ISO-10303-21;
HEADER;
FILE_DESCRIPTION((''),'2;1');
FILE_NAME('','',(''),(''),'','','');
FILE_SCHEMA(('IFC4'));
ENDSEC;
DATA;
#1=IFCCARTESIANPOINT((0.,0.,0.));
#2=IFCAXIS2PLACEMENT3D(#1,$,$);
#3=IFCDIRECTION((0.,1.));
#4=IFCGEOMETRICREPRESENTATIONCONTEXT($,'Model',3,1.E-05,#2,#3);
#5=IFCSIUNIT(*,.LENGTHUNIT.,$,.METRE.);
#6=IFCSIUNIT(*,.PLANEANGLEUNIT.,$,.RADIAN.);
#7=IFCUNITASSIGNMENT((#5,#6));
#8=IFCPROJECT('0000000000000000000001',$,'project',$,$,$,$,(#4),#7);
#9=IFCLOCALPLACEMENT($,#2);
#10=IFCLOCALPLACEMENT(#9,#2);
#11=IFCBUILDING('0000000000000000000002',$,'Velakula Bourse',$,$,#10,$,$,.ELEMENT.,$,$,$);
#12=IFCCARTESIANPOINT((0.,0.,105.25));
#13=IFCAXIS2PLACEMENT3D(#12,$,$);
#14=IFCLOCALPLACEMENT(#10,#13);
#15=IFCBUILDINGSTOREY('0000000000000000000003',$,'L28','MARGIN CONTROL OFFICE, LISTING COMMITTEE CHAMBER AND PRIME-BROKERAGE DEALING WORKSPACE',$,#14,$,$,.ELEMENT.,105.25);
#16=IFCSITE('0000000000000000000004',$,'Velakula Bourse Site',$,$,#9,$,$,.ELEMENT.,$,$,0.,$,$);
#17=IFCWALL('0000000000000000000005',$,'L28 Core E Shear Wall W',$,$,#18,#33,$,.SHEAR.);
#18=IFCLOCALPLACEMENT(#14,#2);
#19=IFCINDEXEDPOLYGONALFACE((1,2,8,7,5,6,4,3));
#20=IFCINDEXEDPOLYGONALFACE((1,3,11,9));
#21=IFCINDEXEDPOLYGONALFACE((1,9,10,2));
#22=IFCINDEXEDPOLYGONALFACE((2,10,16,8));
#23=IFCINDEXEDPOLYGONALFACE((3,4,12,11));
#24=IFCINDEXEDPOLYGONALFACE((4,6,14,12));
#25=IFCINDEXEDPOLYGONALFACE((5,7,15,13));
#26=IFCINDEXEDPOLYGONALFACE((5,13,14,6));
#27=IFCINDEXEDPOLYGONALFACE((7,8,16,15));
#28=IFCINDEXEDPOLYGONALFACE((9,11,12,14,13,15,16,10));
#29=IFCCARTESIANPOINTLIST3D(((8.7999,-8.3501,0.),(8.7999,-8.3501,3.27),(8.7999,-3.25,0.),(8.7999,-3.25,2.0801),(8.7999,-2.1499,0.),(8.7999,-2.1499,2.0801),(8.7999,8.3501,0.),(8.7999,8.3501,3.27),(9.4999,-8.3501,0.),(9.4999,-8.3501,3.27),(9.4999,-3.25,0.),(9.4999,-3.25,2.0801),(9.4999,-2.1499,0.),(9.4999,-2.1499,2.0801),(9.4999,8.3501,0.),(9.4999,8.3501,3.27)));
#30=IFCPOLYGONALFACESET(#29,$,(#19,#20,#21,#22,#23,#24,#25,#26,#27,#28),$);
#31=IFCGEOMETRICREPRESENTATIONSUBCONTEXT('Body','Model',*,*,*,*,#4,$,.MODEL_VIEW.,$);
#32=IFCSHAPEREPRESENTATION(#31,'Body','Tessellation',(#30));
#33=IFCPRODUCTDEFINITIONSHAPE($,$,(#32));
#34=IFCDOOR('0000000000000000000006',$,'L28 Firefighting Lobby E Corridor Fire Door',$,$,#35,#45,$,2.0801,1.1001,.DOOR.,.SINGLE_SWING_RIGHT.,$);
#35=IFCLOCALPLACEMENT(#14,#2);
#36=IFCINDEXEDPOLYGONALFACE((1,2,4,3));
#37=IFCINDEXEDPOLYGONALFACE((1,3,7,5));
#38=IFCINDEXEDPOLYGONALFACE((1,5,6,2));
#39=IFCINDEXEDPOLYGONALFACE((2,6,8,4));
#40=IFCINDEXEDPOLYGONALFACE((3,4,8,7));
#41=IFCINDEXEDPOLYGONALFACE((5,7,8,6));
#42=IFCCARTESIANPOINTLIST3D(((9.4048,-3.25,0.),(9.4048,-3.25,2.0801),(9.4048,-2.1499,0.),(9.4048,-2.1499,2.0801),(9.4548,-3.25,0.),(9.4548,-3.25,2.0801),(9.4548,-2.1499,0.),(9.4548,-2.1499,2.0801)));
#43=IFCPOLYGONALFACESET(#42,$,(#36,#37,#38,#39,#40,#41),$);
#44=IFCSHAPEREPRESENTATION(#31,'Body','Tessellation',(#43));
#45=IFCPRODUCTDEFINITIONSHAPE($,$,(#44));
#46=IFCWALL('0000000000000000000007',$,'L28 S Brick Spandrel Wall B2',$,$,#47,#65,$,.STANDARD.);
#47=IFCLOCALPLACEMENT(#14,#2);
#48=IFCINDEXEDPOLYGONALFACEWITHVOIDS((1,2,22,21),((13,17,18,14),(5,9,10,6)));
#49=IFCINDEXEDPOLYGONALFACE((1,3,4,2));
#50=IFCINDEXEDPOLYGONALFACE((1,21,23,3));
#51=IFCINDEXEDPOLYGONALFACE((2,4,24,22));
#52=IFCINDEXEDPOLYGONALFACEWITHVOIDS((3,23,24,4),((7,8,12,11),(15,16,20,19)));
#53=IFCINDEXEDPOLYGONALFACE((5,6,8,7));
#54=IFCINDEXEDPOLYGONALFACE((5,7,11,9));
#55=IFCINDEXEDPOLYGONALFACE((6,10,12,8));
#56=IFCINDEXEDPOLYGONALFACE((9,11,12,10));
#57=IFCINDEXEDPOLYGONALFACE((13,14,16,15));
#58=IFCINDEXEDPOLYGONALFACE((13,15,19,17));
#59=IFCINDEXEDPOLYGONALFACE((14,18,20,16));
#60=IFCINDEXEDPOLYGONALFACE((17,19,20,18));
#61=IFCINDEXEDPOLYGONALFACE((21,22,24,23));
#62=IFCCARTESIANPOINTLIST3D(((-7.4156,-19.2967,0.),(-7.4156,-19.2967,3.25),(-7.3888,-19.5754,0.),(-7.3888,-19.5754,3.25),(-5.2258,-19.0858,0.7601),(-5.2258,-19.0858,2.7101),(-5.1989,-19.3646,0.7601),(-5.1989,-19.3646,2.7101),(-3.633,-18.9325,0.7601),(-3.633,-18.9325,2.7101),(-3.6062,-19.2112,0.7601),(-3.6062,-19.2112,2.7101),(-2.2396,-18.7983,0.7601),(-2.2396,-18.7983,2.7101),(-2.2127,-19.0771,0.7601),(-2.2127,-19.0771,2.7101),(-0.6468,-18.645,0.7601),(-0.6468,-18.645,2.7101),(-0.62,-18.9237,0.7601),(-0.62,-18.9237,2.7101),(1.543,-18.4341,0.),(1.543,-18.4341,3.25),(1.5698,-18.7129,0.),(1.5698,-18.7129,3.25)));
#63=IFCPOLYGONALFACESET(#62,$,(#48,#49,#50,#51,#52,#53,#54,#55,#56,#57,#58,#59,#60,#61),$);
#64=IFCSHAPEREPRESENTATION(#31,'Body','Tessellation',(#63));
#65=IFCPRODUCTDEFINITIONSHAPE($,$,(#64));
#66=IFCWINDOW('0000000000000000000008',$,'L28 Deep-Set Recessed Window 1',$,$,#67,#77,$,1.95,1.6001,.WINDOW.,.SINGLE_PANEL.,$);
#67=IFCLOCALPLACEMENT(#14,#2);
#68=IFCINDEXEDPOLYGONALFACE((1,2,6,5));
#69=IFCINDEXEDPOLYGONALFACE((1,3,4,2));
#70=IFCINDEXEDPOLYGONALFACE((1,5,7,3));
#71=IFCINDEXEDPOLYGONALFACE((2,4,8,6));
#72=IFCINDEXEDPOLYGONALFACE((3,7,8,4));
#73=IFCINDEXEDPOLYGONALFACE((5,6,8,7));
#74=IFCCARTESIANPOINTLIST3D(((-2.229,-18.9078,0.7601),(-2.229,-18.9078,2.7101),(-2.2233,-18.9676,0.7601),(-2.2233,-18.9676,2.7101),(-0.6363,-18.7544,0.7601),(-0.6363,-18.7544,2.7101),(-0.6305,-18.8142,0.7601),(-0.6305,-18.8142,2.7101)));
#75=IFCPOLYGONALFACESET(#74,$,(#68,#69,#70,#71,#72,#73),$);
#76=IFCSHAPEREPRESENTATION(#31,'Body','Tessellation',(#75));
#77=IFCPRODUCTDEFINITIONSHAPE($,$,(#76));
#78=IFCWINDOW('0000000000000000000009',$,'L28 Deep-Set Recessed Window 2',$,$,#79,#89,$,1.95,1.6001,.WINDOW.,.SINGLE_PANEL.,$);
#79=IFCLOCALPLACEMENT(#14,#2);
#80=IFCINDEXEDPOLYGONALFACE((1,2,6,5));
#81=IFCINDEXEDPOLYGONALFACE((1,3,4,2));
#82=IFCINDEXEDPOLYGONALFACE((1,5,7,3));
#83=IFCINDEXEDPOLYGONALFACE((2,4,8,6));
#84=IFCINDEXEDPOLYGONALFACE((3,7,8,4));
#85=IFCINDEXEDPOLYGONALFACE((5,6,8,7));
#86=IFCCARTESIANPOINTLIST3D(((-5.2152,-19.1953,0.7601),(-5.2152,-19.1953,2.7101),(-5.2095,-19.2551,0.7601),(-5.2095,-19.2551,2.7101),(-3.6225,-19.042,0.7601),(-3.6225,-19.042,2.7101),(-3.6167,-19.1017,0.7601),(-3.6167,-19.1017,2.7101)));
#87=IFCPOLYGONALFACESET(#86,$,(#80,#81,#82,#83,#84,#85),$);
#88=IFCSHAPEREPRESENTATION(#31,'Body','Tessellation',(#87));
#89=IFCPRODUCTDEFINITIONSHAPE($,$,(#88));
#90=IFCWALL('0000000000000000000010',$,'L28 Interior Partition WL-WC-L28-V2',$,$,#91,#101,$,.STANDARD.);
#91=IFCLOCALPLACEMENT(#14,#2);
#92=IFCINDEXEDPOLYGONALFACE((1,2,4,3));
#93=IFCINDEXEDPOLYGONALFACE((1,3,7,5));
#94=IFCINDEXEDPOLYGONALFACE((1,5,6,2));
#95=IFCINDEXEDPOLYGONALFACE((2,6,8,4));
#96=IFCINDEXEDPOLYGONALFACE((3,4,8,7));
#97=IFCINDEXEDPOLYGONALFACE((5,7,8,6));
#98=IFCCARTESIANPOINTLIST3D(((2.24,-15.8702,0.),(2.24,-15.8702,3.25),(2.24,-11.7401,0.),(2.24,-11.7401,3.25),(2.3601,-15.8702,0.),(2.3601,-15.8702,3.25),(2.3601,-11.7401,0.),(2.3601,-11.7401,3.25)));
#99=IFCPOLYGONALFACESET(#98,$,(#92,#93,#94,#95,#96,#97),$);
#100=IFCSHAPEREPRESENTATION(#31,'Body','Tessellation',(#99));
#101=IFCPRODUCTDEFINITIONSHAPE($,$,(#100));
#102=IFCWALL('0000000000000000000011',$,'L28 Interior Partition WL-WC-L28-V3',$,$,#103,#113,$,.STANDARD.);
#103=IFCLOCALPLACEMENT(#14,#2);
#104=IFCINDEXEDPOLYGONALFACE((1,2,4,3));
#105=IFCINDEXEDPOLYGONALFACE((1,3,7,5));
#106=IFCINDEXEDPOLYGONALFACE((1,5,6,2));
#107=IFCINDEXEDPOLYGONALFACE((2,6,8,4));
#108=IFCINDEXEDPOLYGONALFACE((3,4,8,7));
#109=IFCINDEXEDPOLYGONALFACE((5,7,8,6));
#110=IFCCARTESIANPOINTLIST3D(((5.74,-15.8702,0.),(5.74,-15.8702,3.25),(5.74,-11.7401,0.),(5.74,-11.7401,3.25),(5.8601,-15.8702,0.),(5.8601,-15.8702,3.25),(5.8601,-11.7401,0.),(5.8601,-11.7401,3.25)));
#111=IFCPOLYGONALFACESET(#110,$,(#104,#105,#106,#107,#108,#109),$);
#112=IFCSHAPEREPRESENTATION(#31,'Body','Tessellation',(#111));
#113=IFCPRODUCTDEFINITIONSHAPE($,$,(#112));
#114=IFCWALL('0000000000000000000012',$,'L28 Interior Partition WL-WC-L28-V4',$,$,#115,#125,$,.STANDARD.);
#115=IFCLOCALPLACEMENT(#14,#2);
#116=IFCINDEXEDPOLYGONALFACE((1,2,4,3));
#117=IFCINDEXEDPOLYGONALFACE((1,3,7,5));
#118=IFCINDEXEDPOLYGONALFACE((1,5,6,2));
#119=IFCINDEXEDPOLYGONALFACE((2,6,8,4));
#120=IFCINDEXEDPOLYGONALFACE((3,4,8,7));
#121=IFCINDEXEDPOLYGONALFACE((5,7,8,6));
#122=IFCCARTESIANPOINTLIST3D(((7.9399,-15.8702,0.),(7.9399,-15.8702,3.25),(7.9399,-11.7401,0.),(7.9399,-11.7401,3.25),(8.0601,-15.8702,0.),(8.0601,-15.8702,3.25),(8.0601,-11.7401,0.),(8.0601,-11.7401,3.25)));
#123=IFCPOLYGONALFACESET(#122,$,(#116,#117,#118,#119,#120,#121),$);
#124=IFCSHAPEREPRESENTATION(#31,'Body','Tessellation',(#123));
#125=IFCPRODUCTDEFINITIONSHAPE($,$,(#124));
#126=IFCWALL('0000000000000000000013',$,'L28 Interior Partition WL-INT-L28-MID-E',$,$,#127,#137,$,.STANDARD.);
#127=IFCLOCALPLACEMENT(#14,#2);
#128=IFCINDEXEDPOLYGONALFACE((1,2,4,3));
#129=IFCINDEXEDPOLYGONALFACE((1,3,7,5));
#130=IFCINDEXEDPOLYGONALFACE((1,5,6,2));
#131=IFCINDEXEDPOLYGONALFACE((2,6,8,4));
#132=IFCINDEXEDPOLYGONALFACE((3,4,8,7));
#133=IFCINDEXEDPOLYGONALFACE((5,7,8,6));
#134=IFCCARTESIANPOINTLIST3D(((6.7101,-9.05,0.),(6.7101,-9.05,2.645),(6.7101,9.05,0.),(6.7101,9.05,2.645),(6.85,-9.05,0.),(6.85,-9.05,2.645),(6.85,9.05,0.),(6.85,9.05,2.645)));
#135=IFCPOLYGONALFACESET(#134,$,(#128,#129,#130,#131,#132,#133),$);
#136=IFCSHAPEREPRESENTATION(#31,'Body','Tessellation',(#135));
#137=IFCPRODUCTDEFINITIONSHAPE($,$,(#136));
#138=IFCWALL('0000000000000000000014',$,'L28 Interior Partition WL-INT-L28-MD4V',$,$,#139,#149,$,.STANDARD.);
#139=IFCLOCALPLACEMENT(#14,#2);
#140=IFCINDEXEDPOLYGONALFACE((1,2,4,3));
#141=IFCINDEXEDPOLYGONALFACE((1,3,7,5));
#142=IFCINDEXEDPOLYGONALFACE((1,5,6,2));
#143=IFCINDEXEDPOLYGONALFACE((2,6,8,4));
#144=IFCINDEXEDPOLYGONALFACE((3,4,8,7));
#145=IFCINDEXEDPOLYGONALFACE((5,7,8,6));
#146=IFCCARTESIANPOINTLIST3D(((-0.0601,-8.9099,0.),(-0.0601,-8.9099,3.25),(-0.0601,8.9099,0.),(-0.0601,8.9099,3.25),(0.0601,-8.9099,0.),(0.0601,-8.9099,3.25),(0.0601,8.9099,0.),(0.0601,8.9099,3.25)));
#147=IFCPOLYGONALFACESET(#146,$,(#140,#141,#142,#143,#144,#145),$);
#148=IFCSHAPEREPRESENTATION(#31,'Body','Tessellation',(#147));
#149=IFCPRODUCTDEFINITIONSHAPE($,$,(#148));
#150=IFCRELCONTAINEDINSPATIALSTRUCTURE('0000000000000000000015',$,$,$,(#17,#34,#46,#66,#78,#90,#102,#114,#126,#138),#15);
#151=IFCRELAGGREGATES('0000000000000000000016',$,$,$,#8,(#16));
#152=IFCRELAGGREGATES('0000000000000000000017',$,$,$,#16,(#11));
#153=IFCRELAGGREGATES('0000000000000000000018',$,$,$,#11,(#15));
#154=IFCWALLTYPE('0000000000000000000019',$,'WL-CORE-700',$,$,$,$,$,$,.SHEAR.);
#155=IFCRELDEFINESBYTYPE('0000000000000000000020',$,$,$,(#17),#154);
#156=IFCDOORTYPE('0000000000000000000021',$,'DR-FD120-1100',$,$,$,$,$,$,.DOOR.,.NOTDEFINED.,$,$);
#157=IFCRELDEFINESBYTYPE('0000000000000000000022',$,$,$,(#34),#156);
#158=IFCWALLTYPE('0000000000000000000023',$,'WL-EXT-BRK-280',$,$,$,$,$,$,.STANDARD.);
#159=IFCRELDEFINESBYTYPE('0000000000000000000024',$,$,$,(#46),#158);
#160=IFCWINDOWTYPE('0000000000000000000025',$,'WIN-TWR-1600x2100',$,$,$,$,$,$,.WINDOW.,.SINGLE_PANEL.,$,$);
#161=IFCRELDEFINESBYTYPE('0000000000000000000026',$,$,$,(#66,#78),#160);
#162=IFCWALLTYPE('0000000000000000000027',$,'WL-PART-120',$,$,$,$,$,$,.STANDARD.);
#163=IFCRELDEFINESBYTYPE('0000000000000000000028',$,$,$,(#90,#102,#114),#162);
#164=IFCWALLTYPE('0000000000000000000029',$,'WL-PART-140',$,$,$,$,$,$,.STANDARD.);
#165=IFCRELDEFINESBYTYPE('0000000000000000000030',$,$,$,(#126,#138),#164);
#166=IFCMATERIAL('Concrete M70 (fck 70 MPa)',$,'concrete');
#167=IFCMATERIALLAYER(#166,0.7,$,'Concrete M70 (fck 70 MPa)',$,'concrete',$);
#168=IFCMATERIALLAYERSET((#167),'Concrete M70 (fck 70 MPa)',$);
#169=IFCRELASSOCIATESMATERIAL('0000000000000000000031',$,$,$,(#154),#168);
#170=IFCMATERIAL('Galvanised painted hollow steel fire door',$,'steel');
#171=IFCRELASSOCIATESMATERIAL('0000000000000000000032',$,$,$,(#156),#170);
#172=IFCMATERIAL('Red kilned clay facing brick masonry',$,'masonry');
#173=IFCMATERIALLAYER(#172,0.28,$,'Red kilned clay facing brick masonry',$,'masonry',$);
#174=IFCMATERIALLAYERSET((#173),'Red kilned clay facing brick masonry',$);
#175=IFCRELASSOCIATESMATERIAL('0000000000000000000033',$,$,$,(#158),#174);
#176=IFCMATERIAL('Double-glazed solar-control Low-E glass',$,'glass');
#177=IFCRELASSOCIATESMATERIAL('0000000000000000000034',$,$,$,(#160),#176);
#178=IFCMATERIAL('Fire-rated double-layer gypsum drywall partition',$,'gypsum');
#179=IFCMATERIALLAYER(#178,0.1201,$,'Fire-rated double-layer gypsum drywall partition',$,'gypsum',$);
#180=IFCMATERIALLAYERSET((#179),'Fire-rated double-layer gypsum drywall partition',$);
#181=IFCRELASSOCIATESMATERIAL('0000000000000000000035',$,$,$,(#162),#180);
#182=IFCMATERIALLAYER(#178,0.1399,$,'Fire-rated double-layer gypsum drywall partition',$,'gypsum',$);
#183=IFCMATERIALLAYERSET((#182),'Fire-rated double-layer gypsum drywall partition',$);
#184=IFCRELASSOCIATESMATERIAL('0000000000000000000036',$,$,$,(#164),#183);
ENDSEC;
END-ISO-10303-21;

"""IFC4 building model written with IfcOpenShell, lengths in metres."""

from ifc_helpers import new_model, si_unit, direction, frame, frame_2d, origin, place, context, subcontext, project, spatial, rectangle, extrude, material, layer, layer_set, type_object, element, fill, save


model = new_model("IFC4")

# Units and contexts
model_context = context("Model", 3, precision=1e-05, world=origin(), true_north=direction((0.0, 1.0)))
body_context = subcontext(model_context, "Body", "Model", "MODEL_VIEW")
ifc_project = project(units=[si_unit("LENGTHUNIT", "METRE"), si_unit("PLANEANGLEUNIT", "RADIAN")], contexts=[model_context])

# Site, building, storey
site_placement = place(None, origin())
site = spatial("IfcSite", under=ifc_project, at=site_placement, Name="Velakula Bourse Site", CompositionType="ELEMENT", RefElevation=0.0)
building_placement = place(site_placement, origin())
building = spatial("IfcBuilding", under=site, at=building_placement, Name="Velakula Bourse", CompositionType="ELEMENT")
storey_placement = place(building_placement, frame((0.0, 0.0, 105.25)))
storey = spatial("IfcBuildingStorey", under=building, at=storey_placement, Name="L28", Description="MARGIN CONTROL OFFICE, LISTING COMMITTEE CHAMBER AND PRIME-BROKERAGE DEALING WORKSPACE", CompositionType="ELEMENT", Elevation=105.25)

# Shared definitions
ifc_material_1 = material(Name="Concrete M70 (fck 70 MPa)", Category="concrete")

# Shared definitions
ifc_layer_1 = layer(ifc_material_1, 0.7, Name="Concrete M70 (fck 70 MPa)", Category="concrete")
ifc_layer_set_1 = layer_set([ifc_layer_1], Name="Concrete M70 (fck 70 MPa)")
wall_type_1 = type_object("IfcWallType", Name="WL-CORE-700", PredefinedType="SHEAR", material=ifc_layer_set_1)

# Wall, opening, door
wall_1_placement = place(storey_placement, frame((9.1499, -8.3501, 0.0), z_axis=(0.0, 0.0, 1.0), x_axis=(0.0, 1.0, 0.0)))
wall_1 = element("IfcWall", 1, at=wall_1_placement, inside=storey, type_object=wall_type_1, Name="L28 Core E Shear Wall W", PredefinedType="SHEAR", context=body_context, shape_type="SweptSolid", body=[
    extrude(rectangle(XDim=16.7002, YDim=0.7, at=frame_2d((8.3501, 0.0))), origin(), (0.0, 0.0, 1.0), 3.27),
])
opening_1_placement = place(wall_1_placement, frame((5.1001, 0.0, 0.0)))
opening_1 = element("IfcOpeningElement", 2, at=opening_1_placement, cuts=wall_1, PredefinedType="OPENING", context=body_context, shape_type="SweptSolid", body=[
    extrude(rectangle(XDim=1.1001, YDim=2.0801, at=frame_2d((0.55, 1.04))), frame((0.0, 0.3599, 0.0), z_axis=(0.0, -1.0, 0.0), x_axis=(1.0, 0.0, 0.0)), (0.0, 0.0, 1.0), 0.72),
])
ifc_material_2 = material(Name="Galvanised painted hollow steel fire door", Category="steel")
door_type = type_object("IfcDoorType", Name="DR-FD120-1100", OperationType="NOTDEFINED", PredefinedType="DOOR", material=ifc_material_2)
door_placement = place(opening_1_placement, origin())
door = element("IfcDoor", 3, at=door_placement, inside=storey, type_object=door_type, Name="L28 Firefighting Lobby E Corridor Fire Door", OperationType="SINGLE_SWING_RIGHT", OverallHeight=2.0801, OverallWidth=1.1001, PredefinedType="DOOR", context=body_context, shape_type="SweptSolid", body=[
    extrude(rectangle(XDim=1.1001, YDim=2.0801, at=frame_2d((0.55, 1.04))), frame((0.0, -0.2549, 0.0), z_axis=(0.0, -1.0, 0.0), x_axis=(1.0, 0.0, 0.0)), (0.0, 0.0, 1.0), 0.05),
])
fill(opening_1, door)

# Wall, openings, windows
ifc_material_3 = material(Name="Red kilned clay facing brick masonry", Category="masonry")
ifc_layer_2 = layer(ifc_material_3, 0.28, Name="Red kilned clay facing brick masonry", Category="masonry")
ifc_layer_set_2 = layer_set([ifc_layer_2], Name="Red kilned clay facing brick masonry")
wall_type_2 = type_object("IfcWallType", Name="WL-EXT-BRK-280", PredefinedType="STANDARD", material=ifc_layer_set_2)
wall_2_placement = place(storey_placement, frame((1.5564, -18.5735, 0.0), z_axis=(0.0, 0.0, 1.0), x_axis=(-0.995397, -0.09584, 0.0)))
wall_2 = element("IfcWall", 4, at=wall_2_placement, inside=storey, type_object=wall_type_2, Name="L28 S Brick Spandrel Wall B2", PredefinedType="STANDARD", context=body_context, shape_type="SweptSolid", body=[
    extrude(rectangle(XDim=9.0, YDim=0.28, at=frame_2d((4.5, 0.0))), origin(), (0.0, 0.0, 1.0), 3.25),
])
opening_2_placement = place(wall_2_placement, frame((2.2, 0.0, 0.76)))
opening_2 = element("IfcOpeningElement", 5, at=opening_2_placement, cuts=wall_2, PredefinedType="OPENING", context=body_context, shape_type="SweptSolid", body=[
    extrude(rectangle(XDim=1.6001, YDim=1.95, at=frame_2d((0.8, 0.9751))), frame((0.0, 0.1499, 0.0), z_axis=(0.0, -1.0, 0.0), x_axis=(1.0, 0.0, 0.0)), (0.0, 0.0, 1.0), 0.3),
])
opening_3_placement = place(wall_2_placement, frame((5.2, 0.0, 0.76)))
opening_3 = element("IfcOpeningElement", 6, at=opening_3_placement, cuts=wall_2, PredefinedType="OPENING", context=body_context, shape_type="SweptSolid", body=[
    extrude(rectangle(XDim=1.6001, YDim=1.95, at=frame_2d((0.8, 0.9751))), frame((0.0, 0.1499, 0.0), z_axis=(0.0, -1.0, 0.0), x_axis=(1.0, 0.0, 0.0)), (0.0, 0.0, 1.0), 0.3),
])
ifc_material_4 = material(Name="Double-glazed solar-control Low-E glass", Category="glass")
window_type = type_object("IfcWindowType", Name="WIN-TWR-1600x2100", PartitioningType="SINGLE_PANEL", PredefinedType="WINDOW", material=ifc_material_4)
window_1_placement = place(opening_2_placement, origin())
window_1 = element("IfcWindow", 7, at=window_1_placement, inside=storey, type_object=window_type, Name="L28 Deep-Set Recessed Window 1", OverallHeight=1.95, OverallWidth=1.6001, PartitioningType="SINGLE_PANEL", PredefinedType="WINDOW", context=body_context, shape_type="SweptSolid", body=[
    extrude(rectangle(XDim=1.6001, YDim=1.95, at=frame_2d((0.8, 0.9751))), frame((0.0, 0.03, 0.0), z_axis=(0.0, -1.0, 0.0), x_axis=(1.0, 0.0, 0.0)), (0.0, 0.0, 1.0), 0.0601),
])
fill(opening_2, window_1)
window_2_placement = place(opening_3_placement, origin())
window_2 = element("IfcWindow", 8, at=window_2_placement, inside=storey, type_object=window_type, Name="L28 Deep-Set Recessed Window 2", OverallHeight=1.95, OverallWidth=1.6001, PartitioningType="SINGLE_PANEL", PredefinedType="WINDOW", context=body_context, shape_type="SweptSolid", body=[
    extrude(rectangle(XDim=1.6001, YDim=1.95, at=frame_2d((0.8, 0.9751))), frame((0.0, 0.03, 0.0), z_axis=(0.0, -1.0, 0.0), x_axis=(1.0, 0.0, 0.0)), (0.0, 0.0, 1.0), 0.0601),
])
fill(opening_3, window_2)

# Walls
ifc_material_5 = material(Name="Fire-rated double-layer gypsum drywall partition", Category="gypsum")
ifc_layer_3 = layer(ifc_material_5, 0.1201, Name="Fire-rated double-layer gypsum drywall partition", Category="gypsum")
ifc_layer_set_3 = layer_set([ifc_layer_3], Name="Fire-rated double-layer gypsum drywall partition")
wall_type_3 = type_object("IfcWallType", Name="WL-PART-120", PredefinedType="STANDARD", material=ifc_layer_set_3)
for number, where, z_axis, x_axis, name in (
    (9, (2.3, -15.8701, 0.0), (0.0, 0.0, 1.0), (0.0, 1.0, 0.0), "L28 Interior Partition WL-WC-L28-V2"),
    (10, (5.8, -15.8701, 0.0), (0.0, 0.0, 1.0), (0.0, 1.0, 0.0), "L28 Interior Partition WL-WC-L28-V3"),
    (11, (8.0, -15.8701, 0.0), (0.0, 0.0, 1.0), (0.0, 1.0, 0.0), "L28 Interior Partition WL-WC-L28-V4"),
):
    element("IfcWall", number, at=place(storey_placement, frame(where, z_axis=z_axis, x_axis=x_axis)), inside=storey, type_object=wall_type_3, Name=name, PredefinedType="STANDARD", context=body_context, shape_type="SweptSolid", body=[
        extrude(rectangle(XDim=4.1301, YDim=0.1201, at=frame_2d((2.0649, 0.0))), origin(), (0.0, 0.0, 1.0), 3.25),
    ])
ifc_layer_4 = layer(ifc_material_5, 0.1399, Name="Fire-rated double-layer gypsum drywall partition", Category="gypsum")
ifc_layer_set_4 = layer_set([ifc_layer_4], Name="Fire-rated double-layer gypsum drywall partition")
wall_type_4 = type_object("IfcWallType", Name="WL-PART-140", PredefinedType="STANDARD", material=ifc_layer_set_4)
wall_3_placement = place(storey_placement, frame((6.78, -9.05, 0.0), z_axis=(0.0, 0.0, 1.0), x_axis=(0.0, 1.0, 0.0)))
element("IfcWall", 12, at=wall_3_placement, inside=storey, type_object=wall_type_4, Name="L28 Interior Partition WL-INT-L28-MID-E", PredefinedType="STANDARD", context=body_context, shape_type="SweptSolid", body=[
    extrude(rectangle(XDim=18.1001, YDim=0.1399, at=frame_2d((9.05, 0.0))), origin(), (0.0, 0.0, 1.0), 2.645),
])
wall_4_placement = place(storey_placement, frame((0.0, -8.9099, 0.0), z_axis=(0.0, 0.0, 1.0), x_axis=(0.0, 1.0, 0.0)))
element("IfcWall", 13, at=wall_4_placement, inside=storey, type_object=wall_type_4, Name="L28 Interior Partition WL-INT-L28-MD4V", PredefinedType="STANDARD", context=body_context, shape_type="SweptSolid", body=[
    extrude(rectangle(XDim=17.8198, YDim=0.1201, at=frame_2d((8.9099, 0.0))), origin(), (0.0, 0.0, 1.0), 3.25),
])

save(model, "model.ifc")
